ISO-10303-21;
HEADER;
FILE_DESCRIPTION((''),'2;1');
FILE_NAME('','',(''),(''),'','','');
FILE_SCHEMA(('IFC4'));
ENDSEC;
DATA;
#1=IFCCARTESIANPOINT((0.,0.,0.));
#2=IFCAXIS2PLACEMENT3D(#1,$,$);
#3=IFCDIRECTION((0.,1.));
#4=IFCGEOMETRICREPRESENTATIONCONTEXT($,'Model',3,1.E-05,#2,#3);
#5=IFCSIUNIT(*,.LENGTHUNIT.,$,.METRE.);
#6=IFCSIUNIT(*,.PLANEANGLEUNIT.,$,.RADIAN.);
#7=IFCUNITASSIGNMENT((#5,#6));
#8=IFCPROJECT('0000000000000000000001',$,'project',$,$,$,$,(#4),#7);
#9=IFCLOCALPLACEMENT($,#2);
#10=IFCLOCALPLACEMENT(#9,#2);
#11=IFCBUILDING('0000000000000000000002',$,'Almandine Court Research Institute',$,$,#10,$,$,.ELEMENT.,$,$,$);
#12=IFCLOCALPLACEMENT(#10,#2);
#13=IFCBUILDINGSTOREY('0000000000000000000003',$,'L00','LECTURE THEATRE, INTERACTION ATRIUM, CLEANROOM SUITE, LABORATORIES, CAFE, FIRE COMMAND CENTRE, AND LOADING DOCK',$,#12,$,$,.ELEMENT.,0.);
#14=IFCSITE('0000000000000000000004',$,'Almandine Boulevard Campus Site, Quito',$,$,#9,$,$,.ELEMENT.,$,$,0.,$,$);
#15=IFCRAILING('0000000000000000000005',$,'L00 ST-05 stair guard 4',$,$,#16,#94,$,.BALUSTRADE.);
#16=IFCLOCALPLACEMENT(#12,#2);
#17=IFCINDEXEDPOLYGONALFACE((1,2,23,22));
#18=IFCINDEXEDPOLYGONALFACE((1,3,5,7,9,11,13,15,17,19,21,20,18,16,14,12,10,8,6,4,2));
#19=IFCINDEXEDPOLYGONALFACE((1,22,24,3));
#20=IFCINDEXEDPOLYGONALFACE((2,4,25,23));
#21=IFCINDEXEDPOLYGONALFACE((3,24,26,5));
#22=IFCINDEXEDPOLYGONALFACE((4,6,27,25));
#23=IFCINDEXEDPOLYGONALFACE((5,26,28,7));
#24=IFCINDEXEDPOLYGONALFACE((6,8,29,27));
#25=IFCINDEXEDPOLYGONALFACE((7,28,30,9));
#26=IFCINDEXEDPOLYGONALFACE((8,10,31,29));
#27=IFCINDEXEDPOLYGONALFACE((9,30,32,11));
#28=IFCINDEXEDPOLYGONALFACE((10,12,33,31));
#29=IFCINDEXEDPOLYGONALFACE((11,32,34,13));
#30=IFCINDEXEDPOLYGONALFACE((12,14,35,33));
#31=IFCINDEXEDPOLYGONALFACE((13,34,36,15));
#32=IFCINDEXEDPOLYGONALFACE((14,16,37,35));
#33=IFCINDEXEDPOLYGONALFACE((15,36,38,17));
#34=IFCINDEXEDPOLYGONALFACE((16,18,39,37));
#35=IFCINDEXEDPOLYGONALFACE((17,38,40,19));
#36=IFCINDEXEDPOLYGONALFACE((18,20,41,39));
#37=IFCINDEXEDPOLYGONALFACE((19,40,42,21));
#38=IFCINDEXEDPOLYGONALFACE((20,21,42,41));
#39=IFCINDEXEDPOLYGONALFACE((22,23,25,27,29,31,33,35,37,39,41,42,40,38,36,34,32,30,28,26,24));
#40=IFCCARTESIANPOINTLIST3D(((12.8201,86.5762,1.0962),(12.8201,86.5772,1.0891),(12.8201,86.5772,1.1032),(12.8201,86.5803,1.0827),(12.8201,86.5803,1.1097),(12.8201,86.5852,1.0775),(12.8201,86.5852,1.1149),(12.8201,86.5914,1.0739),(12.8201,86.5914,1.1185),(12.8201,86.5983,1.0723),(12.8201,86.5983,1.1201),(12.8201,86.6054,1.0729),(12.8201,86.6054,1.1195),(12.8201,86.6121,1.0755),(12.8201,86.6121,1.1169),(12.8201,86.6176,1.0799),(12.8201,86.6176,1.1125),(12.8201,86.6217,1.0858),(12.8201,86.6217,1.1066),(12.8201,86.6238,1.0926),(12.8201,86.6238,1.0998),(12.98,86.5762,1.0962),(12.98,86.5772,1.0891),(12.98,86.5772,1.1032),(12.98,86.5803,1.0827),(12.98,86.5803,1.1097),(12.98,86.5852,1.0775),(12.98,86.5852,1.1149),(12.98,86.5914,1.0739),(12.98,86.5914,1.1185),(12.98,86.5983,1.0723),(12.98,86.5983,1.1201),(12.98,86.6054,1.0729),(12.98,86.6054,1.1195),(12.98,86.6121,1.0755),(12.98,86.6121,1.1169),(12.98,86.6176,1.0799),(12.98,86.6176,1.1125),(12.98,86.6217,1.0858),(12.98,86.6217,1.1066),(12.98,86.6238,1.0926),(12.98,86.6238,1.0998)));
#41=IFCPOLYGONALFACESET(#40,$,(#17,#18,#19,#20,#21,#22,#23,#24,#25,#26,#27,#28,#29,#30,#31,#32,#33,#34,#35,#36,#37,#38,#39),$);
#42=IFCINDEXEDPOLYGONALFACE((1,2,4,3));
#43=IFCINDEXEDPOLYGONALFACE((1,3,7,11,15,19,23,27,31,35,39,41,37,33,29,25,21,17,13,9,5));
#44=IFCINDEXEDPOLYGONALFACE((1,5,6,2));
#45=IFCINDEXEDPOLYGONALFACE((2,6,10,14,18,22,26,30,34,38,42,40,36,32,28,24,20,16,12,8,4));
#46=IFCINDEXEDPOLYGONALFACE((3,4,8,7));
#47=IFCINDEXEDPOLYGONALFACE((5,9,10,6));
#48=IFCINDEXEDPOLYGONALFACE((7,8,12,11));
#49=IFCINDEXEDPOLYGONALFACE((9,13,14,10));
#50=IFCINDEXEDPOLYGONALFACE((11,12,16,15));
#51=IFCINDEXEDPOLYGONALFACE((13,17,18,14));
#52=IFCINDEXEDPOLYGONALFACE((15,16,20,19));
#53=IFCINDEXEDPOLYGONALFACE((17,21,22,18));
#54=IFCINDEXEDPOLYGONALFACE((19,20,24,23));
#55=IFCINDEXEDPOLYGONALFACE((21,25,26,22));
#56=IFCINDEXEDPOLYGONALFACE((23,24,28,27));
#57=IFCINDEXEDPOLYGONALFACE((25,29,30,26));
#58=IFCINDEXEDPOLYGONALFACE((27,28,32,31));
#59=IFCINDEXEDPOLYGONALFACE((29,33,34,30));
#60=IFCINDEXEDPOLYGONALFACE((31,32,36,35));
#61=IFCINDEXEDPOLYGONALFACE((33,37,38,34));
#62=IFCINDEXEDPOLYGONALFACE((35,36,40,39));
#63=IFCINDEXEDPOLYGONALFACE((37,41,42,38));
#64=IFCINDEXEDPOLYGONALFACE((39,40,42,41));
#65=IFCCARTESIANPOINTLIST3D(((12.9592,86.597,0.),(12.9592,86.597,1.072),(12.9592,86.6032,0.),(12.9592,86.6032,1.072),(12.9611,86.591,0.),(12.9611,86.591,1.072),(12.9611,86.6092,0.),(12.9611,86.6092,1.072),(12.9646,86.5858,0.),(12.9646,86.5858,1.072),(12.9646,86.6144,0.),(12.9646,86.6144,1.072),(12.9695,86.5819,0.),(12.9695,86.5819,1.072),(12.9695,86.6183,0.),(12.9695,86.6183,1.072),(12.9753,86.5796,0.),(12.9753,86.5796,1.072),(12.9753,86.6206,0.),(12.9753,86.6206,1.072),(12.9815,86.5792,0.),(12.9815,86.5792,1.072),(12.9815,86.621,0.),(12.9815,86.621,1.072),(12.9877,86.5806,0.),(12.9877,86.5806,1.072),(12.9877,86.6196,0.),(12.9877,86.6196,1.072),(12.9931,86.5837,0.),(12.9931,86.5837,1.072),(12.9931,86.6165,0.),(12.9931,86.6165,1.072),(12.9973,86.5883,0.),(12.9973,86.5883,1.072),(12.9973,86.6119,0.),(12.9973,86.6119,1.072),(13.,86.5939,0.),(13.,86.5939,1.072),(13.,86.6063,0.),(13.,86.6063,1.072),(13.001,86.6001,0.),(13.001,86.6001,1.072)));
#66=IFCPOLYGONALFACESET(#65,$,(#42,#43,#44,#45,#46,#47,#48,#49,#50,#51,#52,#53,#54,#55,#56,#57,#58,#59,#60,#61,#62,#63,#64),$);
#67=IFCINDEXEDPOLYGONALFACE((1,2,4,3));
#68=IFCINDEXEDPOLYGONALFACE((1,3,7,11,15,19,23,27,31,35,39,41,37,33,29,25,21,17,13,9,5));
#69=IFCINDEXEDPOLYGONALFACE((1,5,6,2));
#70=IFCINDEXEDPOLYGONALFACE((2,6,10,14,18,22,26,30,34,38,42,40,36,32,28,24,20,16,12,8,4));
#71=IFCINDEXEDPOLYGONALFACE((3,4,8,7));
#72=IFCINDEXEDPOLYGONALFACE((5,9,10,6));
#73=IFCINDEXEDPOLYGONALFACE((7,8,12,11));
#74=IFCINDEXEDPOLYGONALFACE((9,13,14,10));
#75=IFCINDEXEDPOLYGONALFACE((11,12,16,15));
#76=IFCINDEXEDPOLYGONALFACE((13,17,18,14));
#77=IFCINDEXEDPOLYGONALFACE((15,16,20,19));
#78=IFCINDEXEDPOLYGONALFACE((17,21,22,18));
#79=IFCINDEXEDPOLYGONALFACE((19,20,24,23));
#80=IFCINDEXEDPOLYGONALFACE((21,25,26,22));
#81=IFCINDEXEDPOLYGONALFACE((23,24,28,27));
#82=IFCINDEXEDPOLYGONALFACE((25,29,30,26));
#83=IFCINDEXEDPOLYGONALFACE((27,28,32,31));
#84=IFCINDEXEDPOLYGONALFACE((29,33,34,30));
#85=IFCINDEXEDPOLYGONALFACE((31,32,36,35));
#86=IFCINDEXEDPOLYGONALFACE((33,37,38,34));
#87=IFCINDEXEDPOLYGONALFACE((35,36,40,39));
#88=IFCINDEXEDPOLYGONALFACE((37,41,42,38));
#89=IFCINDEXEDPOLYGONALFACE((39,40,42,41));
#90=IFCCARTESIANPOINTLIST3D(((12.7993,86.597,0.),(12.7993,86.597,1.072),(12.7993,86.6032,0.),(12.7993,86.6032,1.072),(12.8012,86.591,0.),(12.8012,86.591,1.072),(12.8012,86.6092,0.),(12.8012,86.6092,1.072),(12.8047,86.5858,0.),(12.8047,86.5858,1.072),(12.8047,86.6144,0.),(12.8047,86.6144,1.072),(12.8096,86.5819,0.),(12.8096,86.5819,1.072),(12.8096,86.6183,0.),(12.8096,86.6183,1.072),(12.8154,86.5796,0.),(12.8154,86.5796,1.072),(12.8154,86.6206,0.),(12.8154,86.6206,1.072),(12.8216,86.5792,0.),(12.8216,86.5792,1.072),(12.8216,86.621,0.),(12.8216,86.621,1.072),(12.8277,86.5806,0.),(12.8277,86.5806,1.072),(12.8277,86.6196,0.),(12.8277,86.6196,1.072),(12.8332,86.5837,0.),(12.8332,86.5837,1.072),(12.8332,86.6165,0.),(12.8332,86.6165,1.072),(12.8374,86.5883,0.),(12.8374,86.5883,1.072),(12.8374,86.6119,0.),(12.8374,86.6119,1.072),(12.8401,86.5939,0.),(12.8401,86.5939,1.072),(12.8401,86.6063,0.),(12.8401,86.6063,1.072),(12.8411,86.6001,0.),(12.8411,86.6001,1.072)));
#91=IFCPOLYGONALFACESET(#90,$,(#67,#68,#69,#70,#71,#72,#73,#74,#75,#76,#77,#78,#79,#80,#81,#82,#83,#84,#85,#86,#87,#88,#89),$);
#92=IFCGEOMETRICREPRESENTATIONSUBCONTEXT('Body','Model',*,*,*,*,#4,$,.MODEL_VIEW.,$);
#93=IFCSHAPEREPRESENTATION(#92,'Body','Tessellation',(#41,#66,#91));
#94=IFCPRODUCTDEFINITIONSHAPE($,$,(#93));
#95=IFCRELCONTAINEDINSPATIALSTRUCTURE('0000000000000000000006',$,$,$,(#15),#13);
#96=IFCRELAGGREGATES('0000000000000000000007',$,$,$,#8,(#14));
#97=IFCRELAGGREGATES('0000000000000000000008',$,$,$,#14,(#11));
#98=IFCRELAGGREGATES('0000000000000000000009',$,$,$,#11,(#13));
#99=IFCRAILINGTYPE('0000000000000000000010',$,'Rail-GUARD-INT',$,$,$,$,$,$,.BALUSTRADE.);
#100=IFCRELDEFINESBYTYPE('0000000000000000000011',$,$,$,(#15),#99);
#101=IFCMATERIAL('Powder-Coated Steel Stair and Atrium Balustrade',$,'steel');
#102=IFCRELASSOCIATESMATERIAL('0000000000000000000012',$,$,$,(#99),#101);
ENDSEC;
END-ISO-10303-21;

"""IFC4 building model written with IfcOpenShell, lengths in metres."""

from ifc_helpers import new_model, si_unit, direction, frame, origin, origin_2d, place, context, subcontext, project, spatial, circle, extrude, material, type_object, element, save


model = new_model("IFC4")

# Units and contexts
model_context = context("Model", 3, precision=1e-05, world=origin(), true_north=direction((0.0, 1.0)))
body_context = subcontext(model_context, "Body", "Model", "MODEL_VIEW")
ifc_project = project(units=[si_unit("LENGTHUNIT", "METRE"), si_unit("PLANEANGLEUNIT", "RADIAN")], contexts=[model_context])

# Site, building, storey
site_placement = place(None, origin())
site = spatial("IfcSite", under=ifc_project, at=site_placement, Name="Almandine Boulevard Campus Site, Quito", CompositionType="ELEMENT", RefElevation=0.0)
building_placement = place(site_placement, origin())
building = spatial("IfcBuilding", under=site, at=building_placement, Name="Almandine Court Research Institute", CompositionType="ELEMENT")
storey_placement = place(building_placement, origin())
storey = spatial("IfcBuildingStorey", under=building, at=storey_placement, Name="L00", Description="LECTURE THEATRE, INTERACTION ATRIUM, CLEANROOM SUITE, LABORATORIES, CAFE, FIRE COMMAND CENTRE, AND LOADING DOCK", CompositionType="ELEMENT", Elevation=0.0)

# Railing
ifc_material_1 = material(Name="Powder-Coated Steel Stair and Atrium Balustrade", Category="steel")
railing_type_1 = type_object("IfcRailingType", Name="Rail-GUARD-INT", PredefinedType="BALUSTRADE", material=ifc_material_1)
railing_1_placement = place(storey_placement, frame((12.98, 86.6001, 0.0)))
element("IfcRailing", 1, at=railing_1_placement, inside=storey, type_object=railing_type_1, Name="L00 ST-05 stair guard 4", PredefinedType="BALUSTRADE", context=body_context, shape_type="SweptSolid", body=[
    extrude(circle(Radius=0.0239, at=origin_2d()), frame((0.0, 0.0, 1.0962), z_axis=(-1.0, 0.0, 0.0), x_axis=(0.0, -1.0, 0.0)), (0.0, 0.0, 1.0), 0.1599),
    extrude(circle(Radius=0.021, at=origin_2d()), origin(), (0.0, 0.0, 1.0), 1.072),
    extrude(circle(Radius=0.021, at=origin_2d()), frame((-0.1599, 0.0, 0.0)), (0.0, 0.0, 1.0), 1.072),
])

save(model, "model.ifc")
